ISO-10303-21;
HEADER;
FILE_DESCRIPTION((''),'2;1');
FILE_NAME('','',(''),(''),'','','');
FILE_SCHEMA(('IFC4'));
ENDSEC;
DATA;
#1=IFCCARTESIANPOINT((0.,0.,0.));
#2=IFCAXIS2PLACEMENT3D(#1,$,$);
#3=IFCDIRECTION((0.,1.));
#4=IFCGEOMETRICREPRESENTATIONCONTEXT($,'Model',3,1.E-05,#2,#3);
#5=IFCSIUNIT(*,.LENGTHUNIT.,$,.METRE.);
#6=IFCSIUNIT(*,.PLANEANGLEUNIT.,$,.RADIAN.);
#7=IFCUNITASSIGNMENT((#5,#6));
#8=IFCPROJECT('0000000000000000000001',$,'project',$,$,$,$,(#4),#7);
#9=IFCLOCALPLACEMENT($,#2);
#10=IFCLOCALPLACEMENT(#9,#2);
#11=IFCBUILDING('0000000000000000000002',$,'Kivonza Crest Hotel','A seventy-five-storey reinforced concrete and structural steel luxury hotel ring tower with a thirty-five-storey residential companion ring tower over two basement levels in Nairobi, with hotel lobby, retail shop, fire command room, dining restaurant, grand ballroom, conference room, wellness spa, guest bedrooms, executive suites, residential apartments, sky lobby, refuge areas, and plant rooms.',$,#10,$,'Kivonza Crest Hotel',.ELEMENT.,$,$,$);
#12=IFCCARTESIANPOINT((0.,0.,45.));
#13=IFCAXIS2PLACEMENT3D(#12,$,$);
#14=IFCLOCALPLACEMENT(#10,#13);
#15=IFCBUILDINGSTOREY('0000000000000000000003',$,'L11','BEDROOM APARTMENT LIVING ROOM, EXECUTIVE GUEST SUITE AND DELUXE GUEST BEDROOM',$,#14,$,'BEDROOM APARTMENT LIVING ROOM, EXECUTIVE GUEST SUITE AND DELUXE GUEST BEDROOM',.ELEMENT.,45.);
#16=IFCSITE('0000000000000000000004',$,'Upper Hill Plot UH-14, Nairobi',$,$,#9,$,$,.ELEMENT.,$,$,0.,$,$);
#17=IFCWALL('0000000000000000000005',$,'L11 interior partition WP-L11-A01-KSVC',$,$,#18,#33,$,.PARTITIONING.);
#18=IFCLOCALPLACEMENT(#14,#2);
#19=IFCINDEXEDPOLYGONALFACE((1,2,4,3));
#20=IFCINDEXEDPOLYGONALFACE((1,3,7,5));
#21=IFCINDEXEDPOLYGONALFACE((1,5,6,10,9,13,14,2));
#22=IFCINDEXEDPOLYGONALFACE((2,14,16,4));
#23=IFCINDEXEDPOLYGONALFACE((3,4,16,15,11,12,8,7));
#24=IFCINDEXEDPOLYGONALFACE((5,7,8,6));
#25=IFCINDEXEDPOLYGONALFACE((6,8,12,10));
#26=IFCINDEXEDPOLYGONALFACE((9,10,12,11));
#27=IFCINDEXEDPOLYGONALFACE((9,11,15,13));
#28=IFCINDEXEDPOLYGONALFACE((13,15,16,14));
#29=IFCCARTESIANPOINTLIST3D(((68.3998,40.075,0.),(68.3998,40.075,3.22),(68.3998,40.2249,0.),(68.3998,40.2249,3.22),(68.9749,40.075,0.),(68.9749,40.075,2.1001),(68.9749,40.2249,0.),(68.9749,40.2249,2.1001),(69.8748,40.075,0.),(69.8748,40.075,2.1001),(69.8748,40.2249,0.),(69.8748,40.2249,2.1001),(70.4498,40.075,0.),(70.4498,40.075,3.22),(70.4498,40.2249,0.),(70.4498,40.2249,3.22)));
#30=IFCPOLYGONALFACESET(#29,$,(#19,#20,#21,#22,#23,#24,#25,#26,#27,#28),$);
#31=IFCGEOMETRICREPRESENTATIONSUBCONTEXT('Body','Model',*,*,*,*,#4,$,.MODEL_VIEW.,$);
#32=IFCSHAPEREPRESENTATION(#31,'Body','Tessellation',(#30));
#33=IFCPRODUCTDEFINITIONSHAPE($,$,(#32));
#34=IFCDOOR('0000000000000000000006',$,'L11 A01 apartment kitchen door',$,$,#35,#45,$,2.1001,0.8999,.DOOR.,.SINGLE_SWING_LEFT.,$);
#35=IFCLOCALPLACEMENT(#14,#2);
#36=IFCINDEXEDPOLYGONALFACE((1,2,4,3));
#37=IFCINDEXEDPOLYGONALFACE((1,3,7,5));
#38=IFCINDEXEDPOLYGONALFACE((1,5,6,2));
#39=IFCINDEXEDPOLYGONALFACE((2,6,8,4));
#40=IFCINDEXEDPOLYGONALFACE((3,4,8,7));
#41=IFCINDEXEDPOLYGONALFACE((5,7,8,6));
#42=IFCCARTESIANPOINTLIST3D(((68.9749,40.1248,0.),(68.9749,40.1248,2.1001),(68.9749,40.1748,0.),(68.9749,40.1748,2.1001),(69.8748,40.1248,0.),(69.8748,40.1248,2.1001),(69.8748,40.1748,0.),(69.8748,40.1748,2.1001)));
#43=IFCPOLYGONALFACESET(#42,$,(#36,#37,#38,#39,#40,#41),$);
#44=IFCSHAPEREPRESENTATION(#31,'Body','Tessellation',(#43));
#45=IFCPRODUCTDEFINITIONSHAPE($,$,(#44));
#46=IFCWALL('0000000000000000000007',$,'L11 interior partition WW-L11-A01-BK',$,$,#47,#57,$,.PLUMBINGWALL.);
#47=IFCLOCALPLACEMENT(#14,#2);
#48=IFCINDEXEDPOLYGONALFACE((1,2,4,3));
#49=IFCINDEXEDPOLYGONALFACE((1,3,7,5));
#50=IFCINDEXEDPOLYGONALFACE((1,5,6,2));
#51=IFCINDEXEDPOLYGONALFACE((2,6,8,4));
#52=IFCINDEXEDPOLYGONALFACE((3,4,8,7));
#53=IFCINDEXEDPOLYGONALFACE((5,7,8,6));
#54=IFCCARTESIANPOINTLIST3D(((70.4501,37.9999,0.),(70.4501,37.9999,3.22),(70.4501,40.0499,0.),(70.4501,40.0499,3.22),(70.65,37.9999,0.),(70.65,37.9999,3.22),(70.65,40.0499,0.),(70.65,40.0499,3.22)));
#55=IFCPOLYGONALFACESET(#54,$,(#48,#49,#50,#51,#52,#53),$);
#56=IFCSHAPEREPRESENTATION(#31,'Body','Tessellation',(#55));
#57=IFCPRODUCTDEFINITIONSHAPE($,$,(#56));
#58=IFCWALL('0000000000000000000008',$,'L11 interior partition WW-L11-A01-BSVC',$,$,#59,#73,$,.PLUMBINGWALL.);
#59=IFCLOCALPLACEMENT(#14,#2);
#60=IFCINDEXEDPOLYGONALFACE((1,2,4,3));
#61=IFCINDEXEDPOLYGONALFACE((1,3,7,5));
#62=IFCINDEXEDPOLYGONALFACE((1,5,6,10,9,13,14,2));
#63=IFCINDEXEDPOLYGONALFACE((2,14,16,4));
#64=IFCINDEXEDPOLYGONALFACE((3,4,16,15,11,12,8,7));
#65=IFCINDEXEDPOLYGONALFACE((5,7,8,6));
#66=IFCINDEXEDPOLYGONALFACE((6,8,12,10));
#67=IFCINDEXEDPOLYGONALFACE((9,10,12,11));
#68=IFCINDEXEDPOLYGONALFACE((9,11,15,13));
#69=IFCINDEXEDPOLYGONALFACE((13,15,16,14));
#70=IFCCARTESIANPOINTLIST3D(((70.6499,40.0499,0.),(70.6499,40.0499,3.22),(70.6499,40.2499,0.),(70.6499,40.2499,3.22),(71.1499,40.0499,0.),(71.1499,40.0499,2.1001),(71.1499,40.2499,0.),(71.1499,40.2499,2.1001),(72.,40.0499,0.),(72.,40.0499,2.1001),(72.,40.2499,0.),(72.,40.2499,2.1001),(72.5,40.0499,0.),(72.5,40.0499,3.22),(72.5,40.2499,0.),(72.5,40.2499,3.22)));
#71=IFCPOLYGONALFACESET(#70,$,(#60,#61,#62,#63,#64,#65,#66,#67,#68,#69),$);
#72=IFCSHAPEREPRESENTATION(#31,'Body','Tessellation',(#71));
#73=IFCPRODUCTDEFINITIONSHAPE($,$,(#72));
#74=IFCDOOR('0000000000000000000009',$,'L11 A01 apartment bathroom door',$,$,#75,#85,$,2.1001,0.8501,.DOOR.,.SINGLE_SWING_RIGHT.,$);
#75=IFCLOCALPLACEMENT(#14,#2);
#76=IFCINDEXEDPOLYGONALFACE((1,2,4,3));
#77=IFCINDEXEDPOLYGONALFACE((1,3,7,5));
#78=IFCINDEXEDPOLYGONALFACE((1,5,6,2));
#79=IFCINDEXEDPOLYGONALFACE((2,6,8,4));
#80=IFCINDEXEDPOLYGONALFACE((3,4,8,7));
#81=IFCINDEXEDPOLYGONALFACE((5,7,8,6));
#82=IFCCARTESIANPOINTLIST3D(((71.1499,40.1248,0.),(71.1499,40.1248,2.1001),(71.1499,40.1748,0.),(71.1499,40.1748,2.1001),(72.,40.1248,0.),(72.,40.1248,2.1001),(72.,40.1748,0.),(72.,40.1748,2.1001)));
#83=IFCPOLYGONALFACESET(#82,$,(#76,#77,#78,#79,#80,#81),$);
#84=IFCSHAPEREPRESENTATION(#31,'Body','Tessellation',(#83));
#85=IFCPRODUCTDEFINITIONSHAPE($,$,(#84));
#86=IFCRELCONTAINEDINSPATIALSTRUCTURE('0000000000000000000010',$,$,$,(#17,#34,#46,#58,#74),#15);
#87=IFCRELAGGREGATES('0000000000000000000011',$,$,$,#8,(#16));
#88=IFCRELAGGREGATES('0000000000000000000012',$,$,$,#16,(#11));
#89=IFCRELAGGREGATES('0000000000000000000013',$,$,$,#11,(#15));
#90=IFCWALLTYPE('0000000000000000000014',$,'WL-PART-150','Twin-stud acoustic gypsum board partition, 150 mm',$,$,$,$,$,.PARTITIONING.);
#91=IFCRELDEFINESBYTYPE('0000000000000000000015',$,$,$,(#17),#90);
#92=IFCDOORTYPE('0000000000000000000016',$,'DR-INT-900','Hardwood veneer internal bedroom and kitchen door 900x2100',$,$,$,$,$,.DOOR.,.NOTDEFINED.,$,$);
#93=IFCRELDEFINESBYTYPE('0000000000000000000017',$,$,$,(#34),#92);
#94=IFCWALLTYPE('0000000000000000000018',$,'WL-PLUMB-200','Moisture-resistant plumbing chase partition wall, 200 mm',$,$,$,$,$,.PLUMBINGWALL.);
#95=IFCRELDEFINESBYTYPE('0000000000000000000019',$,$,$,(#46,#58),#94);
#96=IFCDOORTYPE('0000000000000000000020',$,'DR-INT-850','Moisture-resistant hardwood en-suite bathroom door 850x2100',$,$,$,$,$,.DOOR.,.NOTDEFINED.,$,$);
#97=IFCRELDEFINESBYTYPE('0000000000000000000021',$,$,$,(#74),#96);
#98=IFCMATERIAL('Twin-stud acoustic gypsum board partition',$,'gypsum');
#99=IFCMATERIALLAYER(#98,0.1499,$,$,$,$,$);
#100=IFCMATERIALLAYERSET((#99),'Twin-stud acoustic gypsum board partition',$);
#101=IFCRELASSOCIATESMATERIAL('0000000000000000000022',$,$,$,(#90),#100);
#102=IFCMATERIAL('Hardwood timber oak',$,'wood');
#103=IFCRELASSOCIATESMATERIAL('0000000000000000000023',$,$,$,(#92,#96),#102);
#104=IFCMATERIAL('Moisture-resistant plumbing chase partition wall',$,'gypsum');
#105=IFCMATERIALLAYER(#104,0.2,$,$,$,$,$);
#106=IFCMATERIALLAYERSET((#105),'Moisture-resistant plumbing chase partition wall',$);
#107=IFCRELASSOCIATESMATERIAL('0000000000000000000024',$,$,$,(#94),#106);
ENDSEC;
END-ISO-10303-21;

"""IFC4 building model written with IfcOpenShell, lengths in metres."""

from ifc_helpers import new_model, si_unit, direction, frame, frame_2d, origin, place, context, subcontext, project, spatial, rectangle, extrude, material, layer, layer_set, type_object, element, fill, save


model = new_model("IFC4")

# Units and contexts
model_context = context("Model", 3, precision=1e-05, world=origin(), true_north=direction((0.0, 1.0)))
body_context = subcontext(model_context, "Body", "Model", "MODEL_VIEW")
ifc_project = project(units=[si_unit("LENGTHUNIT", "METRE"), si_unit("PLANEANGLEUNIT", "RADIAN")], contexts=[model_context])

# Site, building, storey
site_placement = place(None, origin())
site = spatial("IfcSite", under=ifc_project, at=site_placement, Name="Upper Hill Plot UH-14, Nairobi", CompositionType="ELEMENT", RefElevation=0.0)
building_placement = place(site_placement, origin())
building = spatial("IfcBuilding", under=site, at=building_placement, Name="Kivonza Crest Hotel", Description="A seventy-five-storey reinforced concrete and structural steel luxury hotel ring tower with a thirty-five-storey residential companion ring tower over two basement levels in Nairobi, with hotel lobby, retail shop, fire command room, dining restaurant, grand ballroom, conference room, wellness spa, guest bedrooms, executive suites, residential apartments, sky lobby, refuge areas, and plant rooms.", LongName="Kivonza Crest Hotel", CompositionType="ELEMENT")
storey_placement = place(building_placement, frame((0.0, 0.0, 45.0)))
storey = spatial("IfcBuildingStorey", under=building, at=storey_placement, Name="L11", Description="BEDROOM APARTMENT LIVING ROOM, EXECUTIVE GUEST SUITE AND DELUXE GUEST BEDROOM", LongName="BEDROOM APARTMENT LIVING ROOM, EXECUTIVE GUEST SUITE AND DELUXE GUEST BEDROOM", CompositionType="ELEMENT", Elevation=45.0)

# Shared definitions
ifc_material_1 = material(Name="Hardwood timber oak", Category="wood")

# Shared definitions
ifc_material_2 = material(Name="Twin-stud acoustic gypsum board partition", Category="gypsum")
ifc_layer_1 = layer(ifc_material_2, 0.1499)
ifc_layer_set_1 = layer_set([ifc_layer_1], Name="Twin-stud acoustic gypsum board partition")
wall_type_1 = type_object("IfcWallType", Name="WL-PART-150", Description="Twin-stud acoustic gypsum board partition, 150 mm", PredefinedType="PARTITIONING", material=ifc_layer_set_1)

# Wall, opening, door
wall_1_placement = place(storey_placement, frame((68.3999, 40.1499, 0.0), z_axis=(0.0, 0.0, 1.0), x_axis=(1.0, 0.0, 0.0)))
wall_1 = element("IfcWall", 1, at=wall_1_placement, inside=storey, type_object=wall_type_1, Name="L11 interior partition WP-L11-A01-KSVC", PredefinedType="PARTITIONING", context=body_context, shape_type="SweptSolid", body=[
    extrude(rectangle(XDim=2.05, YDim=0.1499, at=frame_2d((1.0249, 0.0))), origin(), (0.0, 0.0, 1.0), 3.22),
])
opening_1_placement = place(wall_1_placement, frame((0.575, 0.0, 0.0)))
opening_1 = element("IfcOpeningElement", 2, at=opening_1_placement, cuts=wall_1, PredefinedType="OPENING", context=body_context, shape_type="SweptSolid", body=[
    extrude(rectangle(XDim=0.8999, YDim=2.1001, at=frame_2d((0.45, 1.05))), frame((0.0, 0.085, 0.0), z_axis=(0.0, -1.0, 0.0), x_axis=(1.0, 0.0, 0.0)), (0.0, 0.0, 1.0), 0.1699),
])
door_type_1 = type_object("IfcDoorType", Name="DR-INT-900", Description="Hardwood veneer internal bedroom and kitchen door 900x2100", OperationType="NOTDEFINED", PredefinedType="DOOR", material=ifc_material_1)
door_1_placement = place(opening_1_placement, origin())
door_1 = element("IfcDoor", 3, at=door_1_placement, inside=storey, type_object=door_type_1, Name="L11 A01 apartment kitchen door", OperationType="SINGLE_SWING_LEFT", OverallHeight=2.1001, OverallWidth=0.8999, PredefinedType="DOOR", context=body_context, shape_type="SweptSolid", body=[
    extrude(rectangle(XDim=0.8999, YDim=2.1001, at=frame_2d((0.45, 1.05))), frame((0.0, 0.0249, 0.0), z_axis=(0.0, -1.0, 0.0), x_axis=(1.0, 0.0, 0.0)), (0.0, 0.0, 1.0), 0.05),
])
fill(opening_1, door_1)

# Wall
ifc_material_3 = material(Name="Moisture-resistant plumbing chase partition wall", Category="gypsum")
ifc_layer_2 = layer(ifc_material_3, 0.2)
ifc_layer_set_2 = layer_set([ifc_layer_2], Name="Moisture-resistant plumbing chase partition wall")
wall_type_2 = type_object("IfcWallType", Name="WL-PLUMB-200", Description="Moisture-resistant plumbing chase partition wall, 200 mm", PredefinedType="PLUMBINGWALL", material=ifc_layer_set_2)
wall_2_placement = place(storey_placement, frame((70.55, 38.0, 0.0), z_axis=(0.0, 0.0, 1.0), x_axis=(0.0, 1.0, 0.0)))
element("IfcWall", 4, at=wall_2_placement, inside=storey, type_object=wall_type_2, Name="L11 interior partition WW-L11-A01-BK", PredefinedType="PLUMBINGWALL", context=body_context, shape_type="SweptSolid", body=[
    extrude(rectangle(XDim=2.05, YDim=0.2, at=frame_2d((1.0249, 0.0))), origin(), (0.0, 0.0, 1.0), 3.22),
])

# Wall, opening, door
wall_3_placement = place(storey_placement, frame((70.6499, 40.1499, 0.0), z_axis=(0.0, 0.0, 1.0), x_axis=(1.0, 0.0, 0.0)))
wall_3 = element("IfcWall", 5, at=wall_3_placement, inside=storey, type_object=wall_type_2, Name="L11 interior partition WW-L11-A01-BSVC", PredefinedType="PLUMBINGWALL", context=body_context, shape_type="SweptSolid", body=[
    extrude(rectangle(XDim=1.8501, YDim=0.2, at=frame_2d((0.925, 0.0))), origin(), (0.0, 0.0, 1.0), 3.22),
])
opening_2_placement = place(wall_3_placement, frame((0.5, 0.0, 0.0)))
opening_2 = element("IfcOpeningElement", 6, at=opening_2_placement, cuts=wall_3, PredefinedType="OPENING", context=body_context, shape_type="SweptSolid", body=[
    extrude(rectangle(XDim=0.8501, YDim=2.1001, at=frame_2d((0.425, 1.05))), frame((0.0, 0.1099, 0.0), z_axis=(0.0, -1.0, 0.0), x_axis=(1.0, 0.0, 0.0)), (0.0, 0.0, 1.0), 0.22),
])
door_type_2 = type_object("IfcDoorType", Name="DR-INT-850", Description="Moisture-resistant hardwood en-suite bathroom door 850x2100", OperationType="NOTDEFINED", PredefinedType="DOOR", material=ifc_material_1)
door_2_placement = place(opening_2_placement, origin())
door_2 = element("IfcDoor", 7, at=door_2_placement, inside=storey, type_object=door_type_2, Name="L11 A01 apartment bathroom door", OperationType="SINGLE_SWING_RIGHT", OverallHeight=2.1001, OverallWidth=0.8501, PredefinedType="DOOR", context=body_context, shape_type="SweptSolid", body=[
    extrude(rectangle(XDim=0.8501, YDim=2.1001, at=frame_2d((0.425, 1.05))), frame((0.0, 0.0249, 0.0), z_axis=(0.0, -1.0, 0.0), x_axis=(1.0, 0.0, 0.0)), (0.0, 0.0, 1.0), 0.05),
])
fill(opening_2, door_2)

save(model, "model.ifc")
